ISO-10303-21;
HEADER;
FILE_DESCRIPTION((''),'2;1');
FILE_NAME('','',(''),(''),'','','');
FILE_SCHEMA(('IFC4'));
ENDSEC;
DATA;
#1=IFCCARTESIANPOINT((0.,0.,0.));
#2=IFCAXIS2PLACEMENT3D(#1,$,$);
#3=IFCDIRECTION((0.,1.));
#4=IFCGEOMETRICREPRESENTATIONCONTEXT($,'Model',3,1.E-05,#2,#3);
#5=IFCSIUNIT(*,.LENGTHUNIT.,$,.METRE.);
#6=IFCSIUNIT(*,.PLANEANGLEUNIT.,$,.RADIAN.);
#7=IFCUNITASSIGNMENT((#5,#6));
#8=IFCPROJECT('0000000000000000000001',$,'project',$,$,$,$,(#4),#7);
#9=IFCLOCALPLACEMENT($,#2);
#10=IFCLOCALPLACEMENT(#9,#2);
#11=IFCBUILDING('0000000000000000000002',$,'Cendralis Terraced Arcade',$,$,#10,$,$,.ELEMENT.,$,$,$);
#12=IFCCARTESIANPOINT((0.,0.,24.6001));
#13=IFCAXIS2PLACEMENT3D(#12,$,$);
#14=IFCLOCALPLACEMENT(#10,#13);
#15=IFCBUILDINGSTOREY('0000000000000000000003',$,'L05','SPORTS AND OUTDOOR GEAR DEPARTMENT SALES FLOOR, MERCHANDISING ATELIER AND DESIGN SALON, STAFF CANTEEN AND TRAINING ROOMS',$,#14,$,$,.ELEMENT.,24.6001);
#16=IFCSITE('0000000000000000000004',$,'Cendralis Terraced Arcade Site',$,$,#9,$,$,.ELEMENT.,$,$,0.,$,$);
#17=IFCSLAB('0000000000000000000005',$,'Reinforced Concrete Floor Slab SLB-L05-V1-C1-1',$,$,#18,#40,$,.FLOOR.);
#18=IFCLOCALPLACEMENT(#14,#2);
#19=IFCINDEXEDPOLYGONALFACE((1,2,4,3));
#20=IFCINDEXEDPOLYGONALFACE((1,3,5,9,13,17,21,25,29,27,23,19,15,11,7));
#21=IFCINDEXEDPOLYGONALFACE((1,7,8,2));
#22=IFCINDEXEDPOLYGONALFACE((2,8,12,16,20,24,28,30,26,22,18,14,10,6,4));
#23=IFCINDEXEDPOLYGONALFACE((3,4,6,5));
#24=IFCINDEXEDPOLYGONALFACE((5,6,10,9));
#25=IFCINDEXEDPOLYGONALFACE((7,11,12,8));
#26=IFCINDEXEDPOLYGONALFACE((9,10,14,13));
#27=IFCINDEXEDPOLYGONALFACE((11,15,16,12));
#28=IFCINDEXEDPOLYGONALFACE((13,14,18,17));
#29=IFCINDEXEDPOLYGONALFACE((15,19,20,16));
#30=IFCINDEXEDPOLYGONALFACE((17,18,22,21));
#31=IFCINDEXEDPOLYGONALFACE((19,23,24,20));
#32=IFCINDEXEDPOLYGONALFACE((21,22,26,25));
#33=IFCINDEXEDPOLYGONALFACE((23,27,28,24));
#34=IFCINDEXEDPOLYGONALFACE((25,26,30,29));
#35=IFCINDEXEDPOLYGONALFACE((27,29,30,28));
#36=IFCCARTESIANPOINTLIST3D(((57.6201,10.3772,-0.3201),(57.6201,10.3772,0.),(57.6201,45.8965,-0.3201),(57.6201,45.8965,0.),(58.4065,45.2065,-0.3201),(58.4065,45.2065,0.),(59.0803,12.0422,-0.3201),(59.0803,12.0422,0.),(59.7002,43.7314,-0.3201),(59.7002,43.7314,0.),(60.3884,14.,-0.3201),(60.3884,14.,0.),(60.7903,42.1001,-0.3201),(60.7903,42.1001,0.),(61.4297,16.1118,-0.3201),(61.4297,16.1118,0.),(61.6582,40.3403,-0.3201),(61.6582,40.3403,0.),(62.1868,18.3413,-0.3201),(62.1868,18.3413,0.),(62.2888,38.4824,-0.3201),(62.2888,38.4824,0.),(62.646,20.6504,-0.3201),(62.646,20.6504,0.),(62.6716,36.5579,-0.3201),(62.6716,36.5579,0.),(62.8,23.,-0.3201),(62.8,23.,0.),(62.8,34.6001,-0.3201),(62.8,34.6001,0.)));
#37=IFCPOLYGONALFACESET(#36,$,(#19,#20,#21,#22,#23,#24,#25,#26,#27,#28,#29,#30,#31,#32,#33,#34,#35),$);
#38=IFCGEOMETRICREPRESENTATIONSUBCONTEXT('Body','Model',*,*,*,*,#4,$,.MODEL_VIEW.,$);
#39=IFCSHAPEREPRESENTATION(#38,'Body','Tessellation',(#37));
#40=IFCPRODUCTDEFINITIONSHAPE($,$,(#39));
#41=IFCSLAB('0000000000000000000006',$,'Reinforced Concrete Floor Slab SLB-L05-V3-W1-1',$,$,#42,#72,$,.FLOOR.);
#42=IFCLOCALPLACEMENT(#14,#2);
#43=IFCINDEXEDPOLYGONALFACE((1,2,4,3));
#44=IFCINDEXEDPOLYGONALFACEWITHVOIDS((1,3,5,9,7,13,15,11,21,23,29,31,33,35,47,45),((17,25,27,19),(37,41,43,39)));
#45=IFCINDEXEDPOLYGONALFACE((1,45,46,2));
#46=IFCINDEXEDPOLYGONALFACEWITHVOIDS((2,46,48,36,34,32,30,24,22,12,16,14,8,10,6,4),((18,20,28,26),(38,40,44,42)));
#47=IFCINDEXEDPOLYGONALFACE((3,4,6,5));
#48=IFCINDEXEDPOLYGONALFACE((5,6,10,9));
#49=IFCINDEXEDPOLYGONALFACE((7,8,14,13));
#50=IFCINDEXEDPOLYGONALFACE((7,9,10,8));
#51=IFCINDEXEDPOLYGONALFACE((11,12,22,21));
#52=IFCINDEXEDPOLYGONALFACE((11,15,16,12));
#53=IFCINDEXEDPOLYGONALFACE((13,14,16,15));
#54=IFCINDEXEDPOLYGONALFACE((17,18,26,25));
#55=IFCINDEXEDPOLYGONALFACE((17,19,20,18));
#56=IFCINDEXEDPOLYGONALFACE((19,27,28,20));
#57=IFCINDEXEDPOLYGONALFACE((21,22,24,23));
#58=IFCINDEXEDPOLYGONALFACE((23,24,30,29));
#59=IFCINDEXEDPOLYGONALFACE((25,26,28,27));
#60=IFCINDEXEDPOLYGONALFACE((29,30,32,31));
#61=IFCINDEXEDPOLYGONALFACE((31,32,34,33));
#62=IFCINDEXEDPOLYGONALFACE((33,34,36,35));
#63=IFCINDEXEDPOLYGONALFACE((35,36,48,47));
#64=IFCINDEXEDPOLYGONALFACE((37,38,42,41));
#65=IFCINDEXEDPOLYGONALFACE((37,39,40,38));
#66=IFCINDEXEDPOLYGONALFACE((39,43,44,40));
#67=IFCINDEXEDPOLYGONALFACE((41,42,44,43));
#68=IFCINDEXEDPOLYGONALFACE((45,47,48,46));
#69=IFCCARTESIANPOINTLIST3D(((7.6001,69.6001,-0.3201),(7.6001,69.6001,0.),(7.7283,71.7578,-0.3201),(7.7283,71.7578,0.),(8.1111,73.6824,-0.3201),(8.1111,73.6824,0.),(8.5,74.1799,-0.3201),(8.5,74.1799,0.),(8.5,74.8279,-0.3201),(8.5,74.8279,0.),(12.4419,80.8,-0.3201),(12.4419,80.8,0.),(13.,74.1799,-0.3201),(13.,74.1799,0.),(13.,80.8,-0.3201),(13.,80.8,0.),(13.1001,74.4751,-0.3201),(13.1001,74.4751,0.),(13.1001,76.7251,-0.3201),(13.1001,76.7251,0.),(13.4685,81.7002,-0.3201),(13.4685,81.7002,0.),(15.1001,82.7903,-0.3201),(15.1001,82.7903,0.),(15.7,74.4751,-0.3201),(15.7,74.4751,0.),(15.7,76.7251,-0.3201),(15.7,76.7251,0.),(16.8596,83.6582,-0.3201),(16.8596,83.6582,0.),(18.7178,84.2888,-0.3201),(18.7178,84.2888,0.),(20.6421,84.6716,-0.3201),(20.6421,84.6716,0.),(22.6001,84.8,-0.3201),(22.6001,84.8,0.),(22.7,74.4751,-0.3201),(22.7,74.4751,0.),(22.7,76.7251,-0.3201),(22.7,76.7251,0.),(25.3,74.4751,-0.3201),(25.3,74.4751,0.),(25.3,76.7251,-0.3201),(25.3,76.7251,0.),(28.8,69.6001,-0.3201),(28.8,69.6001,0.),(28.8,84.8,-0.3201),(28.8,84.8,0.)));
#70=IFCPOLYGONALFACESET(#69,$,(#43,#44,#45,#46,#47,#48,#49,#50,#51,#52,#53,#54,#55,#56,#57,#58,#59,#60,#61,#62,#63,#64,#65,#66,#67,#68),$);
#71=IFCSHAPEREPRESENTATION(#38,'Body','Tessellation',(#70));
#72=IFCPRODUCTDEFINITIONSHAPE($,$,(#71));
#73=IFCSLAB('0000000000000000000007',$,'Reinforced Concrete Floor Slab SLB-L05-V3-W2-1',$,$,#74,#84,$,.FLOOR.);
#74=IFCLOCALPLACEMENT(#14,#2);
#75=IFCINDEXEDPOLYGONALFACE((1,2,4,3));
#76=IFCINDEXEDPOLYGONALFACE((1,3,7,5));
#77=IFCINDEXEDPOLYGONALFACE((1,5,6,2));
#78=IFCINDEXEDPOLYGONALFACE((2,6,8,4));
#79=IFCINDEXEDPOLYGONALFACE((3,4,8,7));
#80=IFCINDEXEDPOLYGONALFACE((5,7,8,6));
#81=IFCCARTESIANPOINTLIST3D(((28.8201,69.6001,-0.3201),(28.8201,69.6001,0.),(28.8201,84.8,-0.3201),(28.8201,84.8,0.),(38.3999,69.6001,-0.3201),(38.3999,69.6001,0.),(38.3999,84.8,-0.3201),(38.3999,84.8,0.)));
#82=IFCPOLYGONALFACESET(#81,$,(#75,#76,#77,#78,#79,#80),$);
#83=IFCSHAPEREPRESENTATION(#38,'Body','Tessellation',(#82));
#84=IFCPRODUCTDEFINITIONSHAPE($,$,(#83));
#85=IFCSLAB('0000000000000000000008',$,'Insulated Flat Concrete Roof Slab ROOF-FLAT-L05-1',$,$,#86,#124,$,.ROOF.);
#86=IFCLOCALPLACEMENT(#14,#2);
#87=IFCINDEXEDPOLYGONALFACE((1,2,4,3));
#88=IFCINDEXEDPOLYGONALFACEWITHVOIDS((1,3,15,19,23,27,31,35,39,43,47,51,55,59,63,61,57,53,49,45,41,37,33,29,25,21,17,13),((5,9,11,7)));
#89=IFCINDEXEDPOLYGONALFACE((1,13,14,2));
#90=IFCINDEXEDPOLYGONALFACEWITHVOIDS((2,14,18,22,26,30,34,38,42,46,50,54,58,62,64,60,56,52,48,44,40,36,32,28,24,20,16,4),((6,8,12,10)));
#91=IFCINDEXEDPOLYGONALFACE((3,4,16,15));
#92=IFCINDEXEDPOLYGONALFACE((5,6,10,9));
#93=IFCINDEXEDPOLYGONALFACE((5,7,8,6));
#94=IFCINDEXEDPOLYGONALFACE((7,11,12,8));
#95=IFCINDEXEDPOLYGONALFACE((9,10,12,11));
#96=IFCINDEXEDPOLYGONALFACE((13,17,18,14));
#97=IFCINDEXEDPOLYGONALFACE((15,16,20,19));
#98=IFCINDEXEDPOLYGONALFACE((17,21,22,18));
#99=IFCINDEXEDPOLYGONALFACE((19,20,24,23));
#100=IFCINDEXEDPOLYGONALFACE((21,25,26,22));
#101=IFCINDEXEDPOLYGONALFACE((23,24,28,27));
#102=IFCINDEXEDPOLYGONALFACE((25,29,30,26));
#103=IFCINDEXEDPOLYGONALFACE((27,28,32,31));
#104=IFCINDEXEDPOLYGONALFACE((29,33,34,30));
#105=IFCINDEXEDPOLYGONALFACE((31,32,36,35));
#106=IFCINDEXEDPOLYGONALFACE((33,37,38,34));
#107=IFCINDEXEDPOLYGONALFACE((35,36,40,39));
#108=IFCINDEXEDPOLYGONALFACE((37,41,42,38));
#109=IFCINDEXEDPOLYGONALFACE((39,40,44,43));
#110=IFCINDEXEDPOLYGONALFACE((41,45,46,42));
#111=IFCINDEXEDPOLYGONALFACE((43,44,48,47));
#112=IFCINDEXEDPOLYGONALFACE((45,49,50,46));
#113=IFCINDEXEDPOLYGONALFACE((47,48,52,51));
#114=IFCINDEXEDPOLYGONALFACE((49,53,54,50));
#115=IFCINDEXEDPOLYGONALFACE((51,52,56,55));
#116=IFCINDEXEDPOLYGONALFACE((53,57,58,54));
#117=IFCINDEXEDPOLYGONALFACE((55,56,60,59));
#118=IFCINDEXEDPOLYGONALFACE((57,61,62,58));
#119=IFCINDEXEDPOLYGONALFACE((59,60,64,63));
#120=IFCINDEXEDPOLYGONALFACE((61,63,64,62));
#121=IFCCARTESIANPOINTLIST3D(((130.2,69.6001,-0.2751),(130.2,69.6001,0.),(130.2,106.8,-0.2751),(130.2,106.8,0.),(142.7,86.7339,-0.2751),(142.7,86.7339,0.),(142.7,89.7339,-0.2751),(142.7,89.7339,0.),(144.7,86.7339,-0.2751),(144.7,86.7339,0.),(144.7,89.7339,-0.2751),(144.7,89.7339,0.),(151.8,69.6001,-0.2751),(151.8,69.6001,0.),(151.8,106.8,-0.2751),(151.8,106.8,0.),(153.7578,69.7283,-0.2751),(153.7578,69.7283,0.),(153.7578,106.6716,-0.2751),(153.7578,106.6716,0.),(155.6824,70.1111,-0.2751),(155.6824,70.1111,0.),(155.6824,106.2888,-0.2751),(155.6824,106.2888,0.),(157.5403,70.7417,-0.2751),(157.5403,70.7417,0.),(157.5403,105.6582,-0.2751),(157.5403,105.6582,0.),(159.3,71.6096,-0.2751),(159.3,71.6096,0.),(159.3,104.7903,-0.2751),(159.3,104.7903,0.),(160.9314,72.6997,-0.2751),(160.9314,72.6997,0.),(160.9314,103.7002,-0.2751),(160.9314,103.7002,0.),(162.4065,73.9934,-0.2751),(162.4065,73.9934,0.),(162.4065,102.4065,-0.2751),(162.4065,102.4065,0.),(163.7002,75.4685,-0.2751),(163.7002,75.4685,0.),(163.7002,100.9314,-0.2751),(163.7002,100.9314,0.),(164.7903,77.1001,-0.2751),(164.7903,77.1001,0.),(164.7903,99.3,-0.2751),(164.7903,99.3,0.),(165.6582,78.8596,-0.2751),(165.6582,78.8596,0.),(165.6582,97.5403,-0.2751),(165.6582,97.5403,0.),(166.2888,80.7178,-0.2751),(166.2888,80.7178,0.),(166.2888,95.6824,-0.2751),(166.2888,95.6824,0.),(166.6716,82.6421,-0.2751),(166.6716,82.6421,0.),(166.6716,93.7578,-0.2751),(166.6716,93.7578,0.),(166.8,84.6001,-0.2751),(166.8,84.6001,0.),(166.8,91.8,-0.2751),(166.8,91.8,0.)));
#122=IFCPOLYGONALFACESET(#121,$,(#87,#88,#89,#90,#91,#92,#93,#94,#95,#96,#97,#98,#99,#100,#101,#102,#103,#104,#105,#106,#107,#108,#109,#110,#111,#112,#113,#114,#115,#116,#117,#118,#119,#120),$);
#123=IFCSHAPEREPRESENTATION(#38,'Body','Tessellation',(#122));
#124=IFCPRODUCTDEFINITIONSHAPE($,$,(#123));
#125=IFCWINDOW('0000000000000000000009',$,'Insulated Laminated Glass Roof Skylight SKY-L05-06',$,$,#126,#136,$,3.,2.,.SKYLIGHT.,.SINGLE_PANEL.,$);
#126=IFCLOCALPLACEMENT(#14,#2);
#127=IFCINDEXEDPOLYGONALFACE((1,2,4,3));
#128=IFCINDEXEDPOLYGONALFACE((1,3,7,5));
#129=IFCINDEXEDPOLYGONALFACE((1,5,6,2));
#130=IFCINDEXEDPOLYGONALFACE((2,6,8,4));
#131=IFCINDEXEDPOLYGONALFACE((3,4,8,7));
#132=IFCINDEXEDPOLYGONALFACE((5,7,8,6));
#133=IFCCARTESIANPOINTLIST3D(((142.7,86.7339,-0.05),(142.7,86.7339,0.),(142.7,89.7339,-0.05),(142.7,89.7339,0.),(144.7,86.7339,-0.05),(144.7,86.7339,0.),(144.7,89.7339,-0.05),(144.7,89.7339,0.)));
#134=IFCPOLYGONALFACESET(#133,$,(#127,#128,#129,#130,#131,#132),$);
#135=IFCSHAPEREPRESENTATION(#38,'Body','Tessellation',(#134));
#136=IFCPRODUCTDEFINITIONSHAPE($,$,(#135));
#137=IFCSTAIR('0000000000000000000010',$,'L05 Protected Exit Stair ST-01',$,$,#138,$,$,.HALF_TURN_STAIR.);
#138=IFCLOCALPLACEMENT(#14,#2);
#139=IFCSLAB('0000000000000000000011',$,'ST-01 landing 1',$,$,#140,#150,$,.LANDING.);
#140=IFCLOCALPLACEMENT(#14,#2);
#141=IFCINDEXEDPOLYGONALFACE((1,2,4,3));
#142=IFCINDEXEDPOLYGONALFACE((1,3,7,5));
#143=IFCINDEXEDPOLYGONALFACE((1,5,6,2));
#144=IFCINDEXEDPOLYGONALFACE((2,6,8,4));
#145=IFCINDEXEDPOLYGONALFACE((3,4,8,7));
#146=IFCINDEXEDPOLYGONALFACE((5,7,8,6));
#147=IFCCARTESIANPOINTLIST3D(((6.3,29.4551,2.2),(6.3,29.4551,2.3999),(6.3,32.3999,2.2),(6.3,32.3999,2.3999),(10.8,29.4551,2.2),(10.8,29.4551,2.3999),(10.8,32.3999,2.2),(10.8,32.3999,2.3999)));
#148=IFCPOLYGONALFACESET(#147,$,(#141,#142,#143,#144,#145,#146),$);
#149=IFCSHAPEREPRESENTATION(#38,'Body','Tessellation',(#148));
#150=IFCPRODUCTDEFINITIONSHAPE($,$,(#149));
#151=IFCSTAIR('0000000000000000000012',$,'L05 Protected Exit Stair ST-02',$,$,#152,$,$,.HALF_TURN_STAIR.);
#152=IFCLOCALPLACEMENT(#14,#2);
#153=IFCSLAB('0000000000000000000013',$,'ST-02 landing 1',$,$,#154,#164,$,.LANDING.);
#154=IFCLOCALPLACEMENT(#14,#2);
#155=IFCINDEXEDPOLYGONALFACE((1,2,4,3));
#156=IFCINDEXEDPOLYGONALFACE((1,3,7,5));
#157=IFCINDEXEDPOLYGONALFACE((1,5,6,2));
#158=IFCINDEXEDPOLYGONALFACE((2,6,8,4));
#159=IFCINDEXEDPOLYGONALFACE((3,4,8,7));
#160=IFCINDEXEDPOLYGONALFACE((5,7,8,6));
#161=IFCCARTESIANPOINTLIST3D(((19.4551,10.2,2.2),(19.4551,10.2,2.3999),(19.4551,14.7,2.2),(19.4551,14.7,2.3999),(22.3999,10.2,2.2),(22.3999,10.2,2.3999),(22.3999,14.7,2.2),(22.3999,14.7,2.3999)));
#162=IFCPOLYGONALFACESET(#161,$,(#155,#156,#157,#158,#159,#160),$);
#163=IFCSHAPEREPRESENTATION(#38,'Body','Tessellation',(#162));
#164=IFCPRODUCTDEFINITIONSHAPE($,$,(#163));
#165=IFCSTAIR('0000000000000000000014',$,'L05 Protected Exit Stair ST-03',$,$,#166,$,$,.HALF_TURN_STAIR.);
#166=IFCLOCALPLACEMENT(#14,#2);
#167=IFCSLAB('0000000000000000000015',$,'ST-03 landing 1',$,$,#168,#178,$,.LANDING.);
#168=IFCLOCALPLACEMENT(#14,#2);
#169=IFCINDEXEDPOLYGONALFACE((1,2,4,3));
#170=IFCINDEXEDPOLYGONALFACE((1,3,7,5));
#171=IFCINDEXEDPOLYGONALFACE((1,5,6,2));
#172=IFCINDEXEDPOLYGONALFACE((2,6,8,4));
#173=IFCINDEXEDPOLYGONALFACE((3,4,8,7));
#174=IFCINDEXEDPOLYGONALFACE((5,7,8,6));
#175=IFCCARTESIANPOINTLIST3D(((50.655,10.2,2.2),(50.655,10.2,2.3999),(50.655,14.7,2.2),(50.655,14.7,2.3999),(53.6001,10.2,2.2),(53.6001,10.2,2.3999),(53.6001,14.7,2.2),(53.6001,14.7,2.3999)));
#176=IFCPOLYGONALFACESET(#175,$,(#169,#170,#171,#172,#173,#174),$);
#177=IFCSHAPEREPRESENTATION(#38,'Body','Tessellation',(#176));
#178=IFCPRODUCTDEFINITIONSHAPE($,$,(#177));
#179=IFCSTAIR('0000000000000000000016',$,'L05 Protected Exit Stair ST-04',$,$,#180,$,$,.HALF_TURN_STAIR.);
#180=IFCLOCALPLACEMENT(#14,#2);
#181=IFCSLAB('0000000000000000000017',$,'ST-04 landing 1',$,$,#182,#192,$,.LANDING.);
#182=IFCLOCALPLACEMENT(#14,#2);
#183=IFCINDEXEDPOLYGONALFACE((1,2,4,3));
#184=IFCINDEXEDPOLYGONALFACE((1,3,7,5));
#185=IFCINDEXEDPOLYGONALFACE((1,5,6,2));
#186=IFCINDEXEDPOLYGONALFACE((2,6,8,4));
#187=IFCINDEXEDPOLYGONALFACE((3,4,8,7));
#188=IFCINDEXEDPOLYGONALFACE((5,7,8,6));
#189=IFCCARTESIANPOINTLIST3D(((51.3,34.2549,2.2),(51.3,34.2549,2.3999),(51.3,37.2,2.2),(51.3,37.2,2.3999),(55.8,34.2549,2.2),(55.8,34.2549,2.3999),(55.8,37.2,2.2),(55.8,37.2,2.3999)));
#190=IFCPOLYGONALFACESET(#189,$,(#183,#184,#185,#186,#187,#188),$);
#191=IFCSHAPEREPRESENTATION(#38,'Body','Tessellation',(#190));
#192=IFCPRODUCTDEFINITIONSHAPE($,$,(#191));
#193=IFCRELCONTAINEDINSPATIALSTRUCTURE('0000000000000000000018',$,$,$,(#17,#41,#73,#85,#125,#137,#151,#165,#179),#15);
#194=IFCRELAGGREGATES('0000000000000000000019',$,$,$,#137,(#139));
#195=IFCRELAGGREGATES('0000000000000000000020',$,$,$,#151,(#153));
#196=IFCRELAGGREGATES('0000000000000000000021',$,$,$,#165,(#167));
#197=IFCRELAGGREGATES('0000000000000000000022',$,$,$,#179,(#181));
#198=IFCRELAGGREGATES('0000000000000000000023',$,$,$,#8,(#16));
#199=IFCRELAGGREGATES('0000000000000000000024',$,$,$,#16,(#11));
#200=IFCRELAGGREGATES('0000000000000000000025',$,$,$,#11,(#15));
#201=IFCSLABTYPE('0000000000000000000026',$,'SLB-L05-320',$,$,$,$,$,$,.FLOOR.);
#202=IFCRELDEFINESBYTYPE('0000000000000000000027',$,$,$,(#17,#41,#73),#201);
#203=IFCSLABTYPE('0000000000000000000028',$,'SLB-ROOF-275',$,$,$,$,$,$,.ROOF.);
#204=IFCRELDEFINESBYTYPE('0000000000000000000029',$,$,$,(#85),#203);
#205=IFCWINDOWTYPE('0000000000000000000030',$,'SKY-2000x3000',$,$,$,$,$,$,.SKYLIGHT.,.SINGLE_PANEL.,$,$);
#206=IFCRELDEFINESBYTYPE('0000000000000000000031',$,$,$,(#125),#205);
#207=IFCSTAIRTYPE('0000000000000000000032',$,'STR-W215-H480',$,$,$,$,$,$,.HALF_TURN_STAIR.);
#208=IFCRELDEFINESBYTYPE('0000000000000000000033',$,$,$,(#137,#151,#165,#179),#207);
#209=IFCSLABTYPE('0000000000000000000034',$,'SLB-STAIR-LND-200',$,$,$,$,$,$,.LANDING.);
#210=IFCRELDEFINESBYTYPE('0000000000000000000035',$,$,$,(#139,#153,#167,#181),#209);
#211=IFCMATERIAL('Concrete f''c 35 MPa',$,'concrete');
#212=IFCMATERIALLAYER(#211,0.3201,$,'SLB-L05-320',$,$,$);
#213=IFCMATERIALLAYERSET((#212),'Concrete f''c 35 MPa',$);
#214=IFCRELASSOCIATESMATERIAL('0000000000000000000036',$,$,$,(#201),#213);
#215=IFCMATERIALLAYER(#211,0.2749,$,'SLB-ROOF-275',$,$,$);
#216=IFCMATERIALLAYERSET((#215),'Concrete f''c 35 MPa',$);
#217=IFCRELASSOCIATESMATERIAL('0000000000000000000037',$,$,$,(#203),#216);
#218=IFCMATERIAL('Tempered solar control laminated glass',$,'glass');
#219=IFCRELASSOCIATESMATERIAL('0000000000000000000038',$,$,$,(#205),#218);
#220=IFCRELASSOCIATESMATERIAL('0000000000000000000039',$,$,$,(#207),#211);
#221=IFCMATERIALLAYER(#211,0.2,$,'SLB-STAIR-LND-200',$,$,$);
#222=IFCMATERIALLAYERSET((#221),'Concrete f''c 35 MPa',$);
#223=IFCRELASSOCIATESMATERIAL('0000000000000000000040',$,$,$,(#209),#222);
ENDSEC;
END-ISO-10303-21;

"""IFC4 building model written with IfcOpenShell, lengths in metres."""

from ifc_helpers import new_model, si_unit, direction, frame, origin, origin_2d, place, context, subcontext, project, spatial, polyline, rectangle, outline, extrude, material, layer, layer_set, type_object, element, fill, aggregate, save


model = new_model("IFC4")

# Units and contexts
model_context = context("Model", 3, precision=1e-05, world=origin(), true_north=direction((0.0, 1.0)))
body_context = subcontext(model_context, "Body", "Model", "MODEL_VIEW")
ifc_project = project(units=[si_unit("LENGTHUNIT", "METRE"), si_unit("PLANEANGLEUNIT", "RADIAN")], contexts=[model_context])

# Site, building, storey
site_placement = place(None, origin())
site = spatial("IfcSite", under=ifc_project, at=site_placement, Name="Cendralis Terraced Arcade Site", CompositionType="ELEMENT", RefElevation=0.0)
building_placement = place(site_placement, origin())
building = spatial("IfcBuilding", under=site, at=building_placement, Name="Cendralis Terraced Arcade", CompositionType="ELEMENT")
storey_placement = place(building_placement, frame((0.0, 0.0, 24.6001)))
storey = spatial("IfcBuildingStorey", under=building, at=storey_placement, Name="L05", Description="SPORTS AND OUTDOOR GEAR DEPARTMENT SALES FLOOR, MERCHANDISING ATELIER AND DESIGN SALON, STAFF CANTEEN AND TRAINING ROOMS", CompositionType="ELEMENT", Elevation=24.6001)

# Shared definitions
ifc_material_1 = material(Name="Tempered solar control laminated glass", Category="glass")

# Slabs
ifc_material_2 = material(Name="Concrete f'c 35 MPa", Category="concrete")
ifc_layer_1 = layer(ifc_material_2, 0.3201, Name="SLB-L05-320")
ifc_layer_set_1 = layer_set([ifc_layer_1], Name="Concrete f'c 35 MPa")
slab_type_1 = type_object("IfcSlabType", Name="SLB-L05-320", PredefinedType="FLOOR", material=ifc_layer_set_1)
slab_1_placement = place(storey_placement, frame((0.0, 0.0, -0.3201)))
element("IfcSlab", 1, at=slab_1_placement, inside=storey, type_object=slab_type_1, Name="Reinforced Concrete Floor Slab SLB-L05-V1-C1-1", PredefinedType="FLOOR", context=body_context, shape_type="SweptSolid", body=[
    extrude(outline(polyline([(60.7903, 42.1001), (61.6582, 40.3403), (62.2888, 38.4824), (62.6716, 36.5579), (62.8, 34.6001), (62.8, 23.0), (62.646, 20.6504), (62.1868, 18.3413), (61.4297, 16.1118), (60.3884, 14.0), (59.0803, 12.0422), (57.6201, 10.3772), (57.6201, 45.8965), (58.4065, 45.2065), (59.7002, 43.7314), (60.7903, 42.1001)])), origin(), (0.0, 0.0, 1.0), 0.3201),
])
slab_2_placement = place(storey_placement, frame((0.0, 0.0, -0.3201)))
element("IfcSlab", 2, at=slab_2_placement, inside=storey, type_object=slab_type_1, Name="Reinforced Concrete Floor Slab SLB-L05-V3-W1-1", PredefinedType="FLOOR", context=body_context, shape_type="SweptSolid", body=[
    extrude(outline(polyline([(8.1111, 73.6824), (8.5, 74.8279), (8.5, 74.1799), (13.0, 74.1799), (13.0, 80.8), (12.4419, 80.8), (13.4685, 81.7002), (15.1001, 82.7903), (16.8596, 83.6582), (18.7178, 84.2888), (20.6421, 84.6716), (22.6001, 84.8), (28.8, 84.8), (28.8, 69.6001), (7.6001, 69.6001), (7.7283, 71.7578), (8.1111, 73.6824)]), holes=[polyline([(13.1001, 76.7251), (13.1001, 74.4751), (15.7, 74.4751), (15.7, 76.7251), (13.1001, 76.7251)]), polyline([(22.7, 76.7251), (22.7, 74.4751), (25.3, 74.4751), (25.3, 76.7251), (22.7, 76.7251)])]), origin(), (0.0, 0.0, 1.0), 0.3201),
])
slab_3_placement = place(storey_placement, frame((0.0, 0.0, -0.3201)))
element("IfcSlab", 3, at=slab_3_placement, inside=storey, type_object=slab_type_1, Name="Reinforced Concrete Floor Slab SLB-L05-V3-W2-1", PredefinedType="FLOOR", context=body_context, shape_type="SweptSolid", body=[
    extrude(outline(polyline([(28.8201, 69.6001), (28.8201, 84.8), (38.3999, 84.8), (38.3999, 69.6001), (28.8201, 69.6001)])), origin(), (0.0, 0.0, 1.0), 0.3201),
])

# Slab, opening, window
ifc_layer_2 = layer(ifc_material_2, 0.2749, Name="SLB-ROOF-275")
ifc_layer_set_2 = layer_set([ifc_layer_2], Name="Concrete f'c 35 MPa")
slab_type_2 = type_object("IfcSlabType", Name="SLB-ROOF-275", PredefinedType="ROOF", material=ifc_layer_set_2)
slab_4_placement = place(storey_placement, frame((0.0, 0.0, -0.2751)))
slab_4 = element("IfcSlab", 4, at=slab_4_placement, inside=storey, type_object=slab_type_2, Name="Insulated Flat Concrete Roof Slab ROOF-FLAT-L05-1", PredefinedType="ROOF", context=body_context, shape_type="SweptSolid", body=[
    extrude(outline(polyline([(155.6824, 106.2888), (157.5403, 105.6582), (159.3, 104.7903), (160.9314, 103.7002), (162.4065, 102.4065), (163.7002, 100.9314), (164.7903, 99.3), (165.6582, 97.5403), (166.2888, 95.6824), (166.6716, 93.7578), (166.8, 91.8), (166.8, 84.6001), (166.6716, 82.6421), (166.2888, 80.7178), (165.6582, 78.8596), (164.7903, 77.1001), (163.7002, 75.4685), (162.4065, 73.9934), (160.9314, 72.6997), (159.3, 71.6096), (157.5403, 70.7417), (155.6824, 70.1111), (153.7578, 69.7283), (151.8, 69.6001), (130.2, 69.6001), (130.2, 106.8), (151.8, 106.8), (153.7578, 106.6716), (155.6824, 106.2888)])), origin(), (0.0, 0.0, 1.0), 0.2751),
])
opening_placement = place(slab_4_placement, frame((143.7, 88.2339, 0.0)))
opening = element("IfcOpeningElement", 5, at=opening_placement, cuts=slab_4, PredefinedType="OPENING", context=body_context, shape_type="SweptSolid", body=[
    extrude(rectangle(XDim=2.0, YDim=3.0, at=origin_2d()), frame((0.0, 0.0, -0.012)), (0.0, 0.0, 1.0), 0.2991),
])
window_type = type_object("IfcWindowType", Name="SKY-2000x3000", PartitioningType="SINGLE_PANEL", PredefinedType="SKYLIGHT", material=ifc_material_1)
window_placement = place(opening_placement, frame((0.0, 0.0, 0.2251)))
window = element("IfcWindow", 6, at=window_placement, inside=storey, type_object=window_type, Name="Insulated Laminated Glass Roof Skylight SKY-L05-06", OverallHeight=3.0, OverallWidth=2.0, PartitioningType="SINGLE_PANEL", PredefinedType="SKYLIGHT", context=body_context, shape_type="SweptSolid", body=[
    extrude(rectangle(XDim=2.0, YDim=3.0, at=origin_2d()), origin(), (0.0, 0.0, 1.0), 0.05),
])
fill(opening, window)

# Stairs, slabs
stair_type = type_object("IfcStairType", Name="STR-W215-H480", PredefinedType="HALF_TURN_STAIR", material=ifc_material_2)
stair_1_placement = place(storey_placement, origin())
stair_1 = element("IfcStair", 7, at=stair_1_placement, inside=storey, type_object=stair_type, Name="L05 Protected Exit Stair ST-01", PredefinedType="HALF_TURN_STAIR")
ifc_layer_3 = layer(ifc_material_2, 0.2, Name="SLB-STAIR-LND-200")
ifc_layer_set_3 = layer_set([ifc_layer_3], Name="Concrete f'c 35 MPa")
slab_type_3 = type_object("IfcSlabType", Name="SLB-STAIR-LND-200", PredefinedType="LANDING", material=ifc_layer_set_3)
slab_5_placement = place(storey_placement, frame((0.0, 0.0, 2.2)))
slab_5 = element("IfcSlab", 8, at=slab_5_placement, type_object=slab_type_3, Name="ST-01 landing 1", PredefinedType="LANDING", context=body_context, shape_type="SweptSolid", body=[
    extrude(outline(polyline([(10.8, 29.4551), (10.8, 32.3999), (6.3, 32.3999), (6.3, 29.4551), (10.8, 29.4551)])), origin(), (0.0, 0.0, 1.0), 0.2),
])
aggregate(stair_1, [slab_5])
stair_2_placement = place(storey_placement, origin())
stair_2 = element("IfcStair", 9, at=stair_2_placement, inside=storey, type_object=stair_type, Name="L05 Protected Exit Stair ST-02", PredefinedType="HALF_TURN_STAIR")
slab_6_placement = place(storey_placement, frame((0.0, 0.0, 2.2)))
slab_6 = element("IfcSlab", 10, at=slab_6_placement, type_object=slab_type_3, Name="ST-02 landing 1", PredefinedType="LANDING", context=body_context, shape_type="SweptSolid", body=[
    extrude(outline(polyline([(19.4551, 10.2), (22.3999, 10.2), (22.3999, 14.7), (19.4551, 14.7), (19.4551, 10.2)])), origin(), (0.0, 0.0, 1.0), 0.2),
])
aggregate(stair_2, [slab_6])
stair_3_placement = place(storey_placement, origin())
stair_3 = element("IfcStair", 11, at=stair_3_placement, inside=storey, type_object=stair_type, Name="L05 Protected Exit Stair ST-03", PredefinedType="HALF_TURN_STAIR")
slab_7_placement = place(storey_placement, frame((0.0, 0.0, 2.2)))
slab_7 = element("IfcSlab", 12, at=slab_7_placement, type_object=slab_type_3, Name="ST-03 landing 1", PredefinedType="LANDING", context=body_context, shape_type="SweptSolid", body=[
    extrude(outline(polyline([(50.655, 10.2), (53.6001, 10.2), (53.6001, 14.7), (50.655, 14.7), (50.655, 10.2)])), origin(), (0.0, 0.0, 1.0), 0.2),
])
aggregate(stair_3, [slab_7])
stair_4_placement = place(storey_placement, origin())
stair_4 = element("IfcStair", 13, at=stair_4_placement, inside=storey, type_object=stair_type, Name="L05 Protected Exit Stair ST-04", PredefinedType="HALF_TURN_STAIR")
slab_8_placement = place(storey_placement, frame((0.0, 0.0, 2.2)))
slab_8 = element("IfcSlab", 14, at=slab_8_placement, type_object=slab_type_3, Name="ST-04 landing 1", PredefinedType="LANDING", context=body_context, shape_type="SweptSolid", body=[
    extrude(outline(polyline([(55.8, 34.2549), (55.8, 37.2), (51.3, 37.2), (51.3, 34.2549), (55.8, 34.2549)])), origin(), (0.0, 0.0, 1.0), 0.2),
])
aggregate(stair_4, [slab_8])

save(model, "model.ifc")
